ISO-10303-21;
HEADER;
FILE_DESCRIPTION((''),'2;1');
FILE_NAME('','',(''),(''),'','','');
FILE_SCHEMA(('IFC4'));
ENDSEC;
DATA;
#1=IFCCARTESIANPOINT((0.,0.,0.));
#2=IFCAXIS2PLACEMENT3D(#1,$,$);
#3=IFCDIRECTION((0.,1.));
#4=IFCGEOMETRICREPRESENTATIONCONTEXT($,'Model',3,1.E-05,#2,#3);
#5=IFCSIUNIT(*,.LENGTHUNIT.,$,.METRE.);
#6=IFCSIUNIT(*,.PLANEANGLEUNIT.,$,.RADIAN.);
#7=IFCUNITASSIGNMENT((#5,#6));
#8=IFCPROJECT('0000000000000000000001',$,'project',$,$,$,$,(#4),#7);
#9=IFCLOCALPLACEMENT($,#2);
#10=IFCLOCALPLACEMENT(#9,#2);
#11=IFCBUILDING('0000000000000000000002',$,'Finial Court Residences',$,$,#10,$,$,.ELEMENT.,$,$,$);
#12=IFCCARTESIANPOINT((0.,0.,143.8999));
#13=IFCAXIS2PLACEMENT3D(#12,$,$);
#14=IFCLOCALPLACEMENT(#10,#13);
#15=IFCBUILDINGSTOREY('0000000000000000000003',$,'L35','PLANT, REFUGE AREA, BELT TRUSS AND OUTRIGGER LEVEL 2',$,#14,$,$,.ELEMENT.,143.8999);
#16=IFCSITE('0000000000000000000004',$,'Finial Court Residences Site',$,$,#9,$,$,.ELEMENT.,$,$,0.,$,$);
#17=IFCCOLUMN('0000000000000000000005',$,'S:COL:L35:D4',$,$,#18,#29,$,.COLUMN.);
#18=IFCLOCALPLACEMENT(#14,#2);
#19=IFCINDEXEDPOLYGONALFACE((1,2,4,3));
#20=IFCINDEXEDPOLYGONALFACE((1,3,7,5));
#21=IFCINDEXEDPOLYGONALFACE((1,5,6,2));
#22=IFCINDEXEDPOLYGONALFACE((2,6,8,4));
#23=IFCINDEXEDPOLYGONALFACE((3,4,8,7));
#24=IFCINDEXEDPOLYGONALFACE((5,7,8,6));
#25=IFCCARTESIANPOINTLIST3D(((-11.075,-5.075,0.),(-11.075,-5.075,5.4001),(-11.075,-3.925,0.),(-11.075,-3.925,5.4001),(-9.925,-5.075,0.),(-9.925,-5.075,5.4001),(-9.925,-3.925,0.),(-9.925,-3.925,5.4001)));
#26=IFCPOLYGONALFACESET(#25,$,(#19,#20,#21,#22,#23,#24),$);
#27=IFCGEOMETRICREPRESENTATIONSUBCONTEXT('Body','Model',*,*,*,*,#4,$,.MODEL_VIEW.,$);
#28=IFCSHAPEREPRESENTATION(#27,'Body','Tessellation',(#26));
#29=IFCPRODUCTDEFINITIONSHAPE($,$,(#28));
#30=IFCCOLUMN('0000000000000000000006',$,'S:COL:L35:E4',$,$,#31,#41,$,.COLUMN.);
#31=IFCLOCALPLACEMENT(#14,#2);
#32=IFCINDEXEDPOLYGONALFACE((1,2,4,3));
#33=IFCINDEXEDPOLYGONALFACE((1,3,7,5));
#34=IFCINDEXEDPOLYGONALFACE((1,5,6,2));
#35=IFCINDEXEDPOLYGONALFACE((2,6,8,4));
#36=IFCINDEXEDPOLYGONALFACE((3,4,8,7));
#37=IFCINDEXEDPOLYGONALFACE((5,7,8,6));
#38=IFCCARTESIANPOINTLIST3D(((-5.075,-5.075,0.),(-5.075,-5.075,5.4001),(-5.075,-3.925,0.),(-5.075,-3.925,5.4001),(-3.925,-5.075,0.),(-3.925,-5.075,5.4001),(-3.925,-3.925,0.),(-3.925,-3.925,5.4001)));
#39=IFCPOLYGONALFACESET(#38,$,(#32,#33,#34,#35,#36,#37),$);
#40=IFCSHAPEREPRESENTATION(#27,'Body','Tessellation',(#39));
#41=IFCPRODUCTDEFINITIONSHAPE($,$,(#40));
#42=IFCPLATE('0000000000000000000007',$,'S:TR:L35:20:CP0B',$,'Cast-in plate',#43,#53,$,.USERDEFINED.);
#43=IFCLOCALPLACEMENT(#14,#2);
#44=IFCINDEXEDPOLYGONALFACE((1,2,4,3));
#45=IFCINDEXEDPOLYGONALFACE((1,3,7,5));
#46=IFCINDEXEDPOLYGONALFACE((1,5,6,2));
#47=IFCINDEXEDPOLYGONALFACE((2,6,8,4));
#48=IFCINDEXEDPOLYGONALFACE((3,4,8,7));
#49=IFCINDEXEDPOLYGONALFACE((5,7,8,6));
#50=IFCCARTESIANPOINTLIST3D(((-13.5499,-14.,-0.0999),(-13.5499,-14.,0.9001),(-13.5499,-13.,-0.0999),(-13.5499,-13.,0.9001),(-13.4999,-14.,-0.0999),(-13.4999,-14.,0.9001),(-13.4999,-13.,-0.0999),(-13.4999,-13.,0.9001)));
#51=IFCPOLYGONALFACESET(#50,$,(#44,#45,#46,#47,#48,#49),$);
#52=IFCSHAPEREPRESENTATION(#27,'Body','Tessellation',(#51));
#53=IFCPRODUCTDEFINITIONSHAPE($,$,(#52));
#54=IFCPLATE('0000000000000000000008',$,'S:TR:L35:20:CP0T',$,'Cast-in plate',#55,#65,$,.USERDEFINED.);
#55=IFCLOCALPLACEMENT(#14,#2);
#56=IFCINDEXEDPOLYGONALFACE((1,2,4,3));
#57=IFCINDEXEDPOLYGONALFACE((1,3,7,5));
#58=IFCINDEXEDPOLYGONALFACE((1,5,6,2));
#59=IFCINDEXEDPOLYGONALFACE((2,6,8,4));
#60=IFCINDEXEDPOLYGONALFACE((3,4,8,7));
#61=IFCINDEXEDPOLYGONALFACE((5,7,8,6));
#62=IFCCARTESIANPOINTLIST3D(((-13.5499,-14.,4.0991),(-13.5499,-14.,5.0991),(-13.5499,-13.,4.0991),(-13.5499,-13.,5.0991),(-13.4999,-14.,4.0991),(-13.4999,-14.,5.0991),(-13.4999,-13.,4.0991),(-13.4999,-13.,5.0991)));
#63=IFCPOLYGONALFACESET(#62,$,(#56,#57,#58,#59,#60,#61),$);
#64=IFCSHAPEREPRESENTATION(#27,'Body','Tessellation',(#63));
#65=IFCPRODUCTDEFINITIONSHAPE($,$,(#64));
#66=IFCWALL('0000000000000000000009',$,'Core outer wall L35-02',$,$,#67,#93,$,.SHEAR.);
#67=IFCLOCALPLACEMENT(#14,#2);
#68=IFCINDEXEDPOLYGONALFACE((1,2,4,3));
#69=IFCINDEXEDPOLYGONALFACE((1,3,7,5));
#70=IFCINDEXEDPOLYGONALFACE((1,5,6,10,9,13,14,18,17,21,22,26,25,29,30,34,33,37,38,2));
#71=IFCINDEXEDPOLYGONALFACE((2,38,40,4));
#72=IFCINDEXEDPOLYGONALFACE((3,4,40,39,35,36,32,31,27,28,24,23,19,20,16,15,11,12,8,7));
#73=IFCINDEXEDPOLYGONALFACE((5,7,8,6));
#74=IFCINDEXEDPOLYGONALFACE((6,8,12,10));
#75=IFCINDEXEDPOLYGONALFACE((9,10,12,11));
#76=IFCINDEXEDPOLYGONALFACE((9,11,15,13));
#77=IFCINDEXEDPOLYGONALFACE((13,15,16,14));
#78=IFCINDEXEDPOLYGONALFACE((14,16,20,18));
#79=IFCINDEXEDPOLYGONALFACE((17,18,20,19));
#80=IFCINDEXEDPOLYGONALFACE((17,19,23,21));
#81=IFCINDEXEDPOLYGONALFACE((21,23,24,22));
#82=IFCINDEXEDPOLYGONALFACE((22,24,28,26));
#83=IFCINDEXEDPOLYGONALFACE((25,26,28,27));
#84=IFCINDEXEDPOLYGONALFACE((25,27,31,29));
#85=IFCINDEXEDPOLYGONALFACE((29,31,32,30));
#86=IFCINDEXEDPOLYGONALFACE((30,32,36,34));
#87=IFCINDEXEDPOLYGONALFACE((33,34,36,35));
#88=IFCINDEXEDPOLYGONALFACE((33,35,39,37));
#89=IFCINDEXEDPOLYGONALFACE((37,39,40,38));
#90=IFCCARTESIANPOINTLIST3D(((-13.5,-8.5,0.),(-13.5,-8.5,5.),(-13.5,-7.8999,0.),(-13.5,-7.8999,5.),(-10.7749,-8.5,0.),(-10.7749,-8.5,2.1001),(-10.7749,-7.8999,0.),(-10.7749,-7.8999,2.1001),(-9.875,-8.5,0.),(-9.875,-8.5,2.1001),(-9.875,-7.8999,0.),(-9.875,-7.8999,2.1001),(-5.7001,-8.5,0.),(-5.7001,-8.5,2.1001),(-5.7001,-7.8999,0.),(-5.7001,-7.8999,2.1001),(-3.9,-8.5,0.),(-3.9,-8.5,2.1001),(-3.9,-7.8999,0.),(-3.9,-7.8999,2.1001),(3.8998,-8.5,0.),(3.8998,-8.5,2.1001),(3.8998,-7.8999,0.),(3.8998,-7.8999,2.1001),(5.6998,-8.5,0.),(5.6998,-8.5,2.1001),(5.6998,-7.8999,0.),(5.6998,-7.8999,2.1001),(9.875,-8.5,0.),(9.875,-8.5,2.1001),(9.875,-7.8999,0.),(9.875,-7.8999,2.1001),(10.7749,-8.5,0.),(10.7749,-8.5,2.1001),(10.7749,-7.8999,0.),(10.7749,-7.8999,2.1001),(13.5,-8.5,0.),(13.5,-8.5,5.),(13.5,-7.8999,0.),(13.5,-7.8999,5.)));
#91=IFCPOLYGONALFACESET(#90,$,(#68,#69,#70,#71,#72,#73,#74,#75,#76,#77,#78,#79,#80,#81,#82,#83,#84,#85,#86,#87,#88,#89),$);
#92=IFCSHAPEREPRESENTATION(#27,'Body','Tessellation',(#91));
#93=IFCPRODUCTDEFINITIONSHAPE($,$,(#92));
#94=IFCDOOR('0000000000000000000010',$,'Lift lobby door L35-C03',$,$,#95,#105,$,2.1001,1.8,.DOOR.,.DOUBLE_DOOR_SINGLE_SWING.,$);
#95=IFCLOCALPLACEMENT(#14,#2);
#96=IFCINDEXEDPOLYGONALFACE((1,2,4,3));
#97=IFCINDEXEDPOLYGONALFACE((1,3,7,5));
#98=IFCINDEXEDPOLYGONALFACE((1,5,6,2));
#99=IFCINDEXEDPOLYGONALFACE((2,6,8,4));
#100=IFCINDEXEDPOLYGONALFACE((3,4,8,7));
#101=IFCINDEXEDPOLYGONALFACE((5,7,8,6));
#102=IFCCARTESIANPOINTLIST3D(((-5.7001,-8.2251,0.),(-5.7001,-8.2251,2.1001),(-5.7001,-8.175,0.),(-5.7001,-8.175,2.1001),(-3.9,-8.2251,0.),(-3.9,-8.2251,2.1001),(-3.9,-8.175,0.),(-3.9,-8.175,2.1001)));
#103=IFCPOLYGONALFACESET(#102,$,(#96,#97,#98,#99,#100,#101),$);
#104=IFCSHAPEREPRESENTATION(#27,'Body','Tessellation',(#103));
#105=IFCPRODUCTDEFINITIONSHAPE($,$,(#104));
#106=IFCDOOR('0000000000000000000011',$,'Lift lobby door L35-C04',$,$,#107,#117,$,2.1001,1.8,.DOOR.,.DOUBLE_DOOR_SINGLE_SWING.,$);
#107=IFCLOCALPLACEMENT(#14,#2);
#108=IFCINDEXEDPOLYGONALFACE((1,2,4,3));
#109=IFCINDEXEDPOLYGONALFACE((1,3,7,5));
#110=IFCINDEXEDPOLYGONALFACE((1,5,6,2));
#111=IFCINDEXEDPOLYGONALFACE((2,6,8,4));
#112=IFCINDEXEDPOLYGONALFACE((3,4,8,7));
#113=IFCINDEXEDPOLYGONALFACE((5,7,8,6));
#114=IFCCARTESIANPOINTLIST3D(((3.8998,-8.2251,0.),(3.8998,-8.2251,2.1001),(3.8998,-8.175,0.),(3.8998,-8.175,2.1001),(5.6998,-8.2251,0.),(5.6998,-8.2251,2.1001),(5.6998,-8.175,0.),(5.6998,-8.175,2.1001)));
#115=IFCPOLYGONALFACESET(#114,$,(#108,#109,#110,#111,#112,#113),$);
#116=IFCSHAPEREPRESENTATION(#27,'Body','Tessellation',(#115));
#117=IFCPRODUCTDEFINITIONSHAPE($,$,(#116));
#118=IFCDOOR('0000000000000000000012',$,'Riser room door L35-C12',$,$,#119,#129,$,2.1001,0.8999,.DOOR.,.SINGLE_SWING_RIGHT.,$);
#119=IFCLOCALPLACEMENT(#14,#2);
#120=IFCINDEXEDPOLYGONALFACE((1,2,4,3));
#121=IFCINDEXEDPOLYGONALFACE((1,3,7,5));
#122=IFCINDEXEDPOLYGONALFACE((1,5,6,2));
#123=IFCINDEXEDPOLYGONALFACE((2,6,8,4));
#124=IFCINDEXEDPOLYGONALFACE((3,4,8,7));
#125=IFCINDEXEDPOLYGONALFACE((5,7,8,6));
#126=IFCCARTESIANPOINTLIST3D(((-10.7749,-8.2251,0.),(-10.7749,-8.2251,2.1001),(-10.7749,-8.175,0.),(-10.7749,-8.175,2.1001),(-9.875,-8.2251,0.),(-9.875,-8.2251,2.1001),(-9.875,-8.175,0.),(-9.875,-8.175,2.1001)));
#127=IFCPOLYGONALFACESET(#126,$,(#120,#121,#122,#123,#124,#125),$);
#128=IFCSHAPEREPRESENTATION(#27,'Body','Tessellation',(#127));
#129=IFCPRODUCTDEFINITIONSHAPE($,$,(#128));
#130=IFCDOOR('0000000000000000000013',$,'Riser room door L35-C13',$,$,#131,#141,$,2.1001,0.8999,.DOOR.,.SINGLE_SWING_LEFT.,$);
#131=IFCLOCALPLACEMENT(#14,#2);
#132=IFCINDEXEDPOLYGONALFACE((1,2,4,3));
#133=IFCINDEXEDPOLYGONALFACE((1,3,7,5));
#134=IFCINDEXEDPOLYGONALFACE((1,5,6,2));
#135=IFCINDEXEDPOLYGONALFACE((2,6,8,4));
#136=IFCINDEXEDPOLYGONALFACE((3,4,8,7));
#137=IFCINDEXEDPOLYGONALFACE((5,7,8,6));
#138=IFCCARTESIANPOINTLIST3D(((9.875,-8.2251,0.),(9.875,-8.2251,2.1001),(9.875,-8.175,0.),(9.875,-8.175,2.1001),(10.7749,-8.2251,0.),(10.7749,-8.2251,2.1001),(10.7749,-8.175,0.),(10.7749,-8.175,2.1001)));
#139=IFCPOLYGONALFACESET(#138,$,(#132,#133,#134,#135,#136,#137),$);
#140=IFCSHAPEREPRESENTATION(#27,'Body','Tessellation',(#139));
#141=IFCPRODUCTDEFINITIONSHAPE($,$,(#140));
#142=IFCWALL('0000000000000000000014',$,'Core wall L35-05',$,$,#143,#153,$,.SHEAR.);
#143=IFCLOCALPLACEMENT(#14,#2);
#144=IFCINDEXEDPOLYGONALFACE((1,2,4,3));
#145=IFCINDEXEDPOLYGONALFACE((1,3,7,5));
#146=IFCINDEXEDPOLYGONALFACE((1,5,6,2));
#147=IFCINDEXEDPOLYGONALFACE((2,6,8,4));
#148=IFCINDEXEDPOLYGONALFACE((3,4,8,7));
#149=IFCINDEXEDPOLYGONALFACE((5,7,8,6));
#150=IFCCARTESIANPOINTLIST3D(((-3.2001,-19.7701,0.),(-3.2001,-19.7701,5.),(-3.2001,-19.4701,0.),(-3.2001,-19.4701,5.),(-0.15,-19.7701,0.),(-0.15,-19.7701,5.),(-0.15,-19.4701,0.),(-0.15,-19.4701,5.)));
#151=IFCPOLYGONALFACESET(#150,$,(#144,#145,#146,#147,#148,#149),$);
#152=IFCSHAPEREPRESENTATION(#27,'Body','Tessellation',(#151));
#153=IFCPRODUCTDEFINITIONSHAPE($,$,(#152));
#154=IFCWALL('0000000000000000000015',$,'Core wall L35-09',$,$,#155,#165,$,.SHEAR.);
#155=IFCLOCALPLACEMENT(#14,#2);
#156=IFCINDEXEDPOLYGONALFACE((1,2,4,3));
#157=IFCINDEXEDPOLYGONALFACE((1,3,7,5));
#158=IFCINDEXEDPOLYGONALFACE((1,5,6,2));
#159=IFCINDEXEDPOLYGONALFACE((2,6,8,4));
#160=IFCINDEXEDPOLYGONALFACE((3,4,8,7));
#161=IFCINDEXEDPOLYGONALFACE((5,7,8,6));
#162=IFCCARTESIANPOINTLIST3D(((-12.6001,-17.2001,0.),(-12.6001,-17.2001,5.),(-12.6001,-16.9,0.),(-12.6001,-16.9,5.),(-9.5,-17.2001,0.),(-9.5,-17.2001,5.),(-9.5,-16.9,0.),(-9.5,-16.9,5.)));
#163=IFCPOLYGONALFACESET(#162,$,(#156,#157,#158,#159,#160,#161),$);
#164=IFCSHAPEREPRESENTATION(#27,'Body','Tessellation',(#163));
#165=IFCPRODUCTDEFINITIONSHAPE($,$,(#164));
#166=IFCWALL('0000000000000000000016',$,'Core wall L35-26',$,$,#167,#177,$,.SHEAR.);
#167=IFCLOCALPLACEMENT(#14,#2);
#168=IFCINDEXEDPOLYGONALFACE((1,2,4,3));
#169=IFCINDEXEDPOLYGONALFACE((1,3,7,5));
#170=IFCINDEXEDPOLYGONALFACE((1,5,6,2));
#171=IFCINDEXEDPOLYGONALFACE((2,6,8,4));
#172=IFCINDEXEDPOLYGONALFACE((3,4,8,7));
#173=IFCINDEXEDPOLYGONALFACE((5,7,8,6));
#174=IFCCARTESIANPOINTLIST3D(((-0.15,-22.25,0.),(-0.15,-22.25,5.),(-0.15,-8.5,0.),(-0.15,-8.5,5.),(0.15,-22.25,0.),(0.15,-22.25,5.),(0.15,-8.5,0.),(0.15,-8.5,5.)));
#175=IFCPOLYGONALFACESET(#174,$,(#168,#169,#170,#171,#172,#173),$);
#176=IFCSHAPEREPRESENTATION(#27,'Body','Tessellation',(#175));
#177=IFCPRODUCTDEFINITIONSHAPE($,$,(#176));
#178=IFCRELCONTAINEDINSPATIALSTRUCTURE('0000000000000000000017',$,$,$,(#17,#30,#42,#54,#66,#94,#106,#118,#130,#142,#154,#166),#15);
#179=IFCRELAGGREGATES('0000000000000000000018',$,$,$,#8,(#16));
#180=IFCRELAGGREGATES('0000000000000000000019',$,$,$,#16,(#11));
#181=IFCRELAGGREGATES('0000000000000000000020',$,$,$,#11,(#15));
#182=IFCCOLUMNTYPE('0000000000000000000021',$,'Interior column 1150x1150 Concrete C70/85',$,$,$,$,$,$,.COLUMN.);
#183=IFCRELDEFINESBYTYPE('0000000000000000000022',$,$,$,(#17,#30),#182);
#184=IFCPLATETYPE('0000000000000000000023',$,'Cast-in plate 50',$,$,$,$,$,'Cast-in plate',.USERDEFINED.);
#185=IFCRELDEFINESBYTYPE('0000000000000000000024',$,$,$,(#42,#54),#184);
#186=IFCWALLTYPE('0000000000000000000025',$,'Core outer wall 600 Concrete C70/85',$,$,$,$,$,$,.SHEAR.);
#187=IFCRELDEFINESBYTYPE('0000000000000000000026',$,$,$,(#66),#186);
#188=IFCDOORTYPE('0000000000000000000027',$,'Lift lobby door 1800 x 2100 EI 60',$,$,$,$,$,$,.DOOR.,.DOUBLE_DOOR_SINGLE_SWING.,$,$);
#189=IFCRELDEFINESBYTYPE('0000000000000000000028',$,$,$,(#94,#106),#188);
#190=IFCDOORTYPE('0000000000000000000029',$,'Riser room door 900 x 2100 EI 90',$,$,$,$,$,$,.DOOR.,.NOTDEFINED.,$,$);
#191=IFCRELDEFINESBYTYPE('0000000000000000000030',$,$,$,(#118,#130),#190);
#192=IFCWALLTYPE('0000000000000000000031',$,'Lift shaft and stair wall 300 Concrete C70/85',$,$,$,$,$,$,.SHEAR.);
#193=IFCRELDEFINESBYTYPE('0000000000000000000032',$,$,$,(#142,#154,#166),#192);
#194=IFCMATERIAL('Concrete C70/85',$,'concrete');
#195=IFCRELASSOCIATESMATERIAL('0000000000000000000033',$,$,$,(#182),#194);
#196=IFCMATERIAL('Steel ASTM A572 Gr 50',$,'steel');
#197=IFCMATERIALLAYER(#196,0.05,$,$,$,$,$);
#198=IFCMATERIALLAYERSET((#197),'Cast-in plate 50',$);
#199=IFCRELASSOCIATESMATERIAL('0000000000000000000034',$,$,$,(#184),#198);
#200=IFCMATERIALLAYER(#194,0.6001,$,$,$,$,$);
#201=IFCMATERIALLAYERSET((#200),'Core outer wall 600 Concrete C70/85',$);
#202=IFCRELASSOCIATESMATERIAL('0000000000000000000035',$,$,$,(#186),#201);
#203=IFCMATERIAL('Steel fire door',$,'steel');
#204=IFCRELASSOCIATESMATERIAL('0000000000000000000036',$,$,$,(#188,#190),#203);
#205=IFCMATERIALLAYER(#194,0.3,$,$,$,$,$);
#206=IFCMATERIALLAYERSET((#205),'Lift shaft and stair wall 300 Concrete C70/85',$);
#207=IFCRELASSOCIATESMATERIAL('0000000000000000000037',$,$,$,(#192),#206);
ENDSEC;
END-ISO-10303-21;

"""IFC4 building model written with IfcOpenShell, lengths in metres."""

from ifc_helpers import new_model, si_unit, direction, frame, frame_2d, origin, origin_2d, place, context, subcontext, project, spatial, rectangle, extrude, material, layer, layer_set, material_profile, profile_set, type_object, element, fill, save


model = new_model("IFC4")

# Units and contexts
model_context = context("Model", 3, precision=1e-05, world=origin(), true_north=direction((0.0, 1.0)))
body_context = subcontext(model_context, "Body", "Model", "MODEL_VIEW")
ifc_project = project(units=[si_unit("LENGTHUNIT", "METRE"), si_unit("PLANEANGLEUNIT", "RADIAN")], contexts=[model_context])

# Site, building, storey
site_placement = place(None, origin())
site = spatial("IfcSite", under=ifc_project, at=site_placement, Name="Finial Court Residences Site", CompositionType="ELEMENT", RefElevation=0.0)
building_placement = place(site_placement, origin())
building = spatial("IfcBuilding", under=site, at=building_placement, Name="Finial Court Residences", CompositionType="ELEMENT")
storey_placement = place(building_placement, frame((0.0, 0.0, 143.8999)))
storey = spatial("IfcBuildingStorey", under=building, at=storey_placement, Name="L35", Description="PLANT, REFUGE AREA, BELT TRUSS AND OUTRIGGER LEVEL 2", CompositionType="ELEMENT", Elevation=143.8999)

# Columns
ifc_material_1 = material(Name="Concrete C70/85", Category="concrete")
ifc_material_profile = material_profile(ifc_material_1, rectangle(XDim=1.1499, YDim=1.1499, at=origin_2d()), Name="1150x1150")
ifc_profile_set = profile_set([ifc_material_profile], Name="Concrete C70/85")
column_type = type_object("IfcColumnType", Name="Interior column 1150x1150 Concrete C70/85", PredefinedType="COLUMN", material=ifc_profile_set)
for number, where, z_axis, x_axis, name in (
    (1, (-10.5, -4.5, 0.0), (0.0, 0.0, 1.0), (1.0, 0.0, 0.0), "S:COL:L35:D4"),
    (2, (-4.5, -4.5, 0.0), (0.0, 0.0, 1.0), (1.0, 0.0, 0.0), "S:COL:L35:E4"),
):
    element("IfcColumn", number, at=place(storey_placement, frame(where, z_axis=z_axis, x_axis=x_axis)), inside=storey, type_object=column_type, Name=name, PredefinedType="COLUMN", context=body_context, shape_type="SweptSolid", body=[
        extrude(rectangle(XDim=1.1499, YDim=1.1499, at=origin_2d()), origin(), (0.0, 0.0, 1.0), 5.4001),
    ])

# Plates
ifc_material_2 = material(Name="Steel ASTM A572 Gr 50", Category="steel")
ifc_layer_1 = layer(ifc_material_2, 0.05)
ifc_layer_set_1 = layer_set([ifc_layer_1], Name="Cast-in plate 50")
plate_type = type_object("IfcPlateType", Name="Cast-in plate 50", ElementType="Cast-in plate", PredefinedType="USERDEFINED", material=ifc_layer_set_1)
for number, where, z_axis, x_axis, name in (
    (3, (-13.5249, -13.5, -0.0999), (0.0, 0.0, 1.0), (1.0, 0.0, 0.0), "S:TR:L35:20:CP0B"),
    (4, (-13.5249, -13.5, 4.0991), (0.0, 0.0, 1.0), (1.0, 0.0, 0.0), "S:TR:L35:20:CP0T"),
):
    element("IfcPlate", number, at=place(storey_placement, frame(where, z_axis=z_axis, x_axis=x_axis)), inside=storey, type_object=plate_type, Name=name, ObjectType="Cast-in plate", PredefinedType="USERDEFINED", context=body_context, shape_type="SweptSolid", body=[
        extrude(rectangle(XDim=0.05, YDim=1.0, at=origin_2d()), origin(), (0.0, 0.0, 1.0), 1.0),
    ])

# Wall, openings, doors
ifc_layer_2 = layer(ifc_material_1, 0.6001)
ifc_layer_set_2 = layer_set([ifc_layer_2], Name="Core outer wall 600 Concrete C70/85")
wall_type_1 = type_object("IfcWallType", Name="Core outer wall 600 Concrete C70/85", PredefinedType="SHEAR", material=ifc_layer_set_2)
wall_1_placement = place(storey_placement, frame((-13.5, -8.2, 0.0), z_axis=(0.0, 0.0, 1.0), x_axis=(1.0, 0.0, 0.0)))
wall_1 = element("IfcWall", 5, at=wall_1_placement, inside=storey, type_object=wall_type_1, Name="Core outer wall L35-02", PredefinedType="SHEAR", context=body_context, shape_type="SweptSolid", body=[
    extrude(rectangle(XDim=27.0, YDim=0.6001, at=frame_2d((13.5, 0.0))), origin(), (0.0, 0.0, 1.0), 5.0),
])
opening_1_placement = place(wall_1_placement, frame((7.8, 0.0, 0.0)))
opening_1 = element("IfcOpeningElement", 6, at=opening_1_placement, cuts=wall_1, PredefinedType="OPENING", context=body_context, shape_type="SweptSolid", body=[
    extrude(rectangle(XDim=1.8, YDim=2.1001, at=frame_2d((0.8999, 1.05))), frame((0.0, 0.3101, 0.0), z_axis=(0.0, -1.0, 0.0), x_axis=(1.0, 0.0, 0.0)), (0.0, 0.0, 1.0), 0.6201),
])
opening_2_placement = place(wall_1_placement, frame((17.3999, 0.0, 0.0)))
opening_2 = element("IfcOpeningElement", 7, at=opening_2_placement, cuts=wall_1, PredefinedType="OPENING", context=body_context, shape_type="SweptSolid", body=[
    extrude(rectangle(XDim=1.8, YDim=2.1001, at=frame_2d((0.8999, 1.05))), frame((0.0, 0.3101, 0.0), z_axis=(0.0, -1.0, 0.0), x_axis=(1.0, 0.0, 0.0)), (0.0, 0.0, 1.0), 0.6201),
])
opening_3_placement = place(wall_1_placement, frame((2.7251, 0.0, 0.0)))
opening_3 = element("IfcOpeningElement", 8, at=opening_3_placement, cuts=wall_1, PredefinedType="OPENING", context=body_context, shape_type="SweptSolid", body=[
    extrude(rectangle(XDim=0.8999, YDim=2.1001, at=frame_2d((0.45, 1.05))), frame((0.0, 0.3101, 0.0), z_axis=(0.0, -1.0, 0.0), x_axis=(1.0, 0.0, 0.0)), (0.0, 0.0, 1.0), 0.6201),
])
opening_4_placement = place(wall_1_placement, frame((23.375, 0.0, 0.0)))
opening_4 = element("IfcOpeningElement", 9, at=opening_4_placement, cuts=wall_1, PredefinedType="OPENING", context=body_context, shape_type="SweptSolid", body=[
    extrude(rectangle(XDim=0.8999, YDim=2.1001, at=frame_2d((0.45, 1.05))), frame((0.0, 0.3101, 0.0), z_axis=(0.0, -1.0, 0.0), x_axis=(1.0, 0.0, 0.0)), (0.0, 0.0, 1.0), 0.6201),
])
ifc_material_3 = material(Name="Steel fire door", Category="steel")
door_type_1 = type_object("IfcDoorType", Name="Lift lobby door 1800 x 2100 EI 60", OperationType="DOUBLE_DOOR_SINGLE_SWING", PredefinedType="DOOR", material=ifc_material_3)
door_1_placement = place(opening_1_placement, origin())
door_1 = element("IfcDoor", 10, at=door_1_placement, inside=storey, type_object=door_type_1, Name="Lift lobby door L35-C03", OperationType="DOUBLE_DOOR_SINGLE_SWING", OverallHeight=2.1001, OverallWidth=1.8, PredefinedType="DOOR", context=body_context, shape_type="SweptSolid", body=[
    extrude(rectangle(XDim=1.8, YDim=2.1001, at=frame_2d((0.8999, 1.05))), frame((0.0, 0.0249, 0.0), z_axis=(0.0, -1.0, 0.0), x_axis=(1.0, 0.0, 0.0)), (0.0, 0.0, 1.0), 0.05),
])
fill(opening_1, door_1)
door_2_placement = place(opening_2_placement, origin())
door_2 = element("IfcDoor", 11, at=door_2_placement, inside=storey, type_object=door_type_1, Name="Lift lobby door L35-C04", OperationType="DOUBLE_DOOR_SINGLE_SWING", OverallHeight=2.1001, OverallWidth=1.8, PredefinedType="DOOR", context=body_context, shape_type="SweptSolid", body=[
    extrude(rectangle(XDim=1.8, YDim=2.1001, at=frame_2d((0.8999, 1.05))), frame((0.0, 0.0249, 0.0), z_axis=(0.0, -1.0, 0.0), x_axis=(1.0, 0.0, 0.0)), (0.0, 0.0, 1.0), 0.05),
])
fill(opening_2, door_2)
door_type_2 = type_object("IfcDoorType", Name="Riser room door 900 x 2100 EI 90", OperationType="NOTDEFINED", PredefinedType="DOOR", material=ifc_material_3)
door_3_placement = place(opening_3_placement, origin())
door_3 = element("IfcDoor", 12, at=door_3_placement, inside=storey, type_object=door_type_2, Name="Riser room door L35-C12", OperationType="SINGLE_SWING_RIGHT", OverallHeight=2.1001, OverallWidth=0.8999, PredefinedType="DOOR", context=body_context, shape_type="SweptSolid", body=[
    extrude(rectangle(XDim=0.8999, YDim=2.1001, at=frame_2d((0.45, 1.05))), frame((0.0, 0.0249, 0.0), z_axis=(0.0, -1.0, 0.0), x_axis=(1.0, 0.0, 0.0)), (0.0, 0.0, 1.0), 0.05),
])
fill(opening_3, door_3)
door_4_placement = place(opening_4_placement, origin())
door_4 = element("IfcDoor", 13, at=door_4_placement, inside=storey, type_object=door_type_2, Name="Riser room door L35-C13", OperationType="SINGLE_SWING_LEFT", OverallHeight=2.1001, OverallWidth=0.8999, PredefinedType="DOOR", context=body_context, shape_type="SweptSolid", body=[
    extrude(rectangle(XDim=0.8999, YDim=2.1001, at=frame_2d((0.45, 1.05))), frame((0.0, 0.0249, 0.0), z_axis=(0.0, -1.0, 0.0), x_axis=(1.0, 0.0, 0.0)), (0.0, 0.0, 1.0), 0.05),
])
fill(opening_4, door_4)

# Walls
ifc_layer_3 = layer(ifc_material_1, 0.3)
ifc_layer_set_3 = layer_set([ifc_layer_3], Name="Lift shaft and stair wall 300 Concrete C70/85")
wall_type_2 = type_object("IfcWallType", Name="Lift shaft and stair wall 300 Concrete C70/85", PredefinedType="SHEAR", material=ifc_layer_set_3)
wall_2_placement = place(storey_placement, frame((-3.2, -19.6201, 0.0), z_axis=(0.0, 0.0, 1.0), x_axis=(1.0, 0.0, 0.0)))
element("IfcWall", 14, at=wall_2_placement, inside=storey, type_object=wall_type_2, Name="Core wall L35-05", PredefinedType="SHEAR", context=body_context, shape_type="SweptSolid", body=[
    extrude(rectangle(XDim=3.05, YDim=0.3, at=frame_2d((1.5249, 0.0))), origin(), (0.0, 0.0, 1.0), 5.0),
])
wall_3_placement = place(storey_placement, frame((-12.6001, -17.05, 0.0), z_axis=(0.0, 0.0, 1.0), x_axis=(1.0, 0.0, 0.0)))
element("IfcWall", 15, at=wall_3_placement, inside=storey, type_object=wall_type_2, Name="Core wall L35-09", PredefinedType="SHEAR", context=body_context, shape_type="SweptSolid", body=[
    extrude(rectangle(XDim=3.1001, YDim=0.3, at=frame_2d((1.55, 0.0))), origin(), (0.0, 0.0, 1.0), 5.0),
])
wall_4_placement = place(storey_placement, frame((0.0, -22.25, 0.0), z_axis=(0.0, 0.0, 1.0), x_axis=(0.0, 1.0, 0.0)))
element("IfcWall", 16, at=wall_4_placement, inside=storey, type_object=wall_type_2, Name="Core wall L35-26", PredefinedType="SHEAR", context=body_context, shape_type="SweptSolid", body=[
    extrude(rectangle(XDim=13.75, YDim=0.3, at=frame_2d((6.875, 0.0))), origin(), (0.0, 0.0, 1.0), 5.0),
])

save(model, "model.ifc")
